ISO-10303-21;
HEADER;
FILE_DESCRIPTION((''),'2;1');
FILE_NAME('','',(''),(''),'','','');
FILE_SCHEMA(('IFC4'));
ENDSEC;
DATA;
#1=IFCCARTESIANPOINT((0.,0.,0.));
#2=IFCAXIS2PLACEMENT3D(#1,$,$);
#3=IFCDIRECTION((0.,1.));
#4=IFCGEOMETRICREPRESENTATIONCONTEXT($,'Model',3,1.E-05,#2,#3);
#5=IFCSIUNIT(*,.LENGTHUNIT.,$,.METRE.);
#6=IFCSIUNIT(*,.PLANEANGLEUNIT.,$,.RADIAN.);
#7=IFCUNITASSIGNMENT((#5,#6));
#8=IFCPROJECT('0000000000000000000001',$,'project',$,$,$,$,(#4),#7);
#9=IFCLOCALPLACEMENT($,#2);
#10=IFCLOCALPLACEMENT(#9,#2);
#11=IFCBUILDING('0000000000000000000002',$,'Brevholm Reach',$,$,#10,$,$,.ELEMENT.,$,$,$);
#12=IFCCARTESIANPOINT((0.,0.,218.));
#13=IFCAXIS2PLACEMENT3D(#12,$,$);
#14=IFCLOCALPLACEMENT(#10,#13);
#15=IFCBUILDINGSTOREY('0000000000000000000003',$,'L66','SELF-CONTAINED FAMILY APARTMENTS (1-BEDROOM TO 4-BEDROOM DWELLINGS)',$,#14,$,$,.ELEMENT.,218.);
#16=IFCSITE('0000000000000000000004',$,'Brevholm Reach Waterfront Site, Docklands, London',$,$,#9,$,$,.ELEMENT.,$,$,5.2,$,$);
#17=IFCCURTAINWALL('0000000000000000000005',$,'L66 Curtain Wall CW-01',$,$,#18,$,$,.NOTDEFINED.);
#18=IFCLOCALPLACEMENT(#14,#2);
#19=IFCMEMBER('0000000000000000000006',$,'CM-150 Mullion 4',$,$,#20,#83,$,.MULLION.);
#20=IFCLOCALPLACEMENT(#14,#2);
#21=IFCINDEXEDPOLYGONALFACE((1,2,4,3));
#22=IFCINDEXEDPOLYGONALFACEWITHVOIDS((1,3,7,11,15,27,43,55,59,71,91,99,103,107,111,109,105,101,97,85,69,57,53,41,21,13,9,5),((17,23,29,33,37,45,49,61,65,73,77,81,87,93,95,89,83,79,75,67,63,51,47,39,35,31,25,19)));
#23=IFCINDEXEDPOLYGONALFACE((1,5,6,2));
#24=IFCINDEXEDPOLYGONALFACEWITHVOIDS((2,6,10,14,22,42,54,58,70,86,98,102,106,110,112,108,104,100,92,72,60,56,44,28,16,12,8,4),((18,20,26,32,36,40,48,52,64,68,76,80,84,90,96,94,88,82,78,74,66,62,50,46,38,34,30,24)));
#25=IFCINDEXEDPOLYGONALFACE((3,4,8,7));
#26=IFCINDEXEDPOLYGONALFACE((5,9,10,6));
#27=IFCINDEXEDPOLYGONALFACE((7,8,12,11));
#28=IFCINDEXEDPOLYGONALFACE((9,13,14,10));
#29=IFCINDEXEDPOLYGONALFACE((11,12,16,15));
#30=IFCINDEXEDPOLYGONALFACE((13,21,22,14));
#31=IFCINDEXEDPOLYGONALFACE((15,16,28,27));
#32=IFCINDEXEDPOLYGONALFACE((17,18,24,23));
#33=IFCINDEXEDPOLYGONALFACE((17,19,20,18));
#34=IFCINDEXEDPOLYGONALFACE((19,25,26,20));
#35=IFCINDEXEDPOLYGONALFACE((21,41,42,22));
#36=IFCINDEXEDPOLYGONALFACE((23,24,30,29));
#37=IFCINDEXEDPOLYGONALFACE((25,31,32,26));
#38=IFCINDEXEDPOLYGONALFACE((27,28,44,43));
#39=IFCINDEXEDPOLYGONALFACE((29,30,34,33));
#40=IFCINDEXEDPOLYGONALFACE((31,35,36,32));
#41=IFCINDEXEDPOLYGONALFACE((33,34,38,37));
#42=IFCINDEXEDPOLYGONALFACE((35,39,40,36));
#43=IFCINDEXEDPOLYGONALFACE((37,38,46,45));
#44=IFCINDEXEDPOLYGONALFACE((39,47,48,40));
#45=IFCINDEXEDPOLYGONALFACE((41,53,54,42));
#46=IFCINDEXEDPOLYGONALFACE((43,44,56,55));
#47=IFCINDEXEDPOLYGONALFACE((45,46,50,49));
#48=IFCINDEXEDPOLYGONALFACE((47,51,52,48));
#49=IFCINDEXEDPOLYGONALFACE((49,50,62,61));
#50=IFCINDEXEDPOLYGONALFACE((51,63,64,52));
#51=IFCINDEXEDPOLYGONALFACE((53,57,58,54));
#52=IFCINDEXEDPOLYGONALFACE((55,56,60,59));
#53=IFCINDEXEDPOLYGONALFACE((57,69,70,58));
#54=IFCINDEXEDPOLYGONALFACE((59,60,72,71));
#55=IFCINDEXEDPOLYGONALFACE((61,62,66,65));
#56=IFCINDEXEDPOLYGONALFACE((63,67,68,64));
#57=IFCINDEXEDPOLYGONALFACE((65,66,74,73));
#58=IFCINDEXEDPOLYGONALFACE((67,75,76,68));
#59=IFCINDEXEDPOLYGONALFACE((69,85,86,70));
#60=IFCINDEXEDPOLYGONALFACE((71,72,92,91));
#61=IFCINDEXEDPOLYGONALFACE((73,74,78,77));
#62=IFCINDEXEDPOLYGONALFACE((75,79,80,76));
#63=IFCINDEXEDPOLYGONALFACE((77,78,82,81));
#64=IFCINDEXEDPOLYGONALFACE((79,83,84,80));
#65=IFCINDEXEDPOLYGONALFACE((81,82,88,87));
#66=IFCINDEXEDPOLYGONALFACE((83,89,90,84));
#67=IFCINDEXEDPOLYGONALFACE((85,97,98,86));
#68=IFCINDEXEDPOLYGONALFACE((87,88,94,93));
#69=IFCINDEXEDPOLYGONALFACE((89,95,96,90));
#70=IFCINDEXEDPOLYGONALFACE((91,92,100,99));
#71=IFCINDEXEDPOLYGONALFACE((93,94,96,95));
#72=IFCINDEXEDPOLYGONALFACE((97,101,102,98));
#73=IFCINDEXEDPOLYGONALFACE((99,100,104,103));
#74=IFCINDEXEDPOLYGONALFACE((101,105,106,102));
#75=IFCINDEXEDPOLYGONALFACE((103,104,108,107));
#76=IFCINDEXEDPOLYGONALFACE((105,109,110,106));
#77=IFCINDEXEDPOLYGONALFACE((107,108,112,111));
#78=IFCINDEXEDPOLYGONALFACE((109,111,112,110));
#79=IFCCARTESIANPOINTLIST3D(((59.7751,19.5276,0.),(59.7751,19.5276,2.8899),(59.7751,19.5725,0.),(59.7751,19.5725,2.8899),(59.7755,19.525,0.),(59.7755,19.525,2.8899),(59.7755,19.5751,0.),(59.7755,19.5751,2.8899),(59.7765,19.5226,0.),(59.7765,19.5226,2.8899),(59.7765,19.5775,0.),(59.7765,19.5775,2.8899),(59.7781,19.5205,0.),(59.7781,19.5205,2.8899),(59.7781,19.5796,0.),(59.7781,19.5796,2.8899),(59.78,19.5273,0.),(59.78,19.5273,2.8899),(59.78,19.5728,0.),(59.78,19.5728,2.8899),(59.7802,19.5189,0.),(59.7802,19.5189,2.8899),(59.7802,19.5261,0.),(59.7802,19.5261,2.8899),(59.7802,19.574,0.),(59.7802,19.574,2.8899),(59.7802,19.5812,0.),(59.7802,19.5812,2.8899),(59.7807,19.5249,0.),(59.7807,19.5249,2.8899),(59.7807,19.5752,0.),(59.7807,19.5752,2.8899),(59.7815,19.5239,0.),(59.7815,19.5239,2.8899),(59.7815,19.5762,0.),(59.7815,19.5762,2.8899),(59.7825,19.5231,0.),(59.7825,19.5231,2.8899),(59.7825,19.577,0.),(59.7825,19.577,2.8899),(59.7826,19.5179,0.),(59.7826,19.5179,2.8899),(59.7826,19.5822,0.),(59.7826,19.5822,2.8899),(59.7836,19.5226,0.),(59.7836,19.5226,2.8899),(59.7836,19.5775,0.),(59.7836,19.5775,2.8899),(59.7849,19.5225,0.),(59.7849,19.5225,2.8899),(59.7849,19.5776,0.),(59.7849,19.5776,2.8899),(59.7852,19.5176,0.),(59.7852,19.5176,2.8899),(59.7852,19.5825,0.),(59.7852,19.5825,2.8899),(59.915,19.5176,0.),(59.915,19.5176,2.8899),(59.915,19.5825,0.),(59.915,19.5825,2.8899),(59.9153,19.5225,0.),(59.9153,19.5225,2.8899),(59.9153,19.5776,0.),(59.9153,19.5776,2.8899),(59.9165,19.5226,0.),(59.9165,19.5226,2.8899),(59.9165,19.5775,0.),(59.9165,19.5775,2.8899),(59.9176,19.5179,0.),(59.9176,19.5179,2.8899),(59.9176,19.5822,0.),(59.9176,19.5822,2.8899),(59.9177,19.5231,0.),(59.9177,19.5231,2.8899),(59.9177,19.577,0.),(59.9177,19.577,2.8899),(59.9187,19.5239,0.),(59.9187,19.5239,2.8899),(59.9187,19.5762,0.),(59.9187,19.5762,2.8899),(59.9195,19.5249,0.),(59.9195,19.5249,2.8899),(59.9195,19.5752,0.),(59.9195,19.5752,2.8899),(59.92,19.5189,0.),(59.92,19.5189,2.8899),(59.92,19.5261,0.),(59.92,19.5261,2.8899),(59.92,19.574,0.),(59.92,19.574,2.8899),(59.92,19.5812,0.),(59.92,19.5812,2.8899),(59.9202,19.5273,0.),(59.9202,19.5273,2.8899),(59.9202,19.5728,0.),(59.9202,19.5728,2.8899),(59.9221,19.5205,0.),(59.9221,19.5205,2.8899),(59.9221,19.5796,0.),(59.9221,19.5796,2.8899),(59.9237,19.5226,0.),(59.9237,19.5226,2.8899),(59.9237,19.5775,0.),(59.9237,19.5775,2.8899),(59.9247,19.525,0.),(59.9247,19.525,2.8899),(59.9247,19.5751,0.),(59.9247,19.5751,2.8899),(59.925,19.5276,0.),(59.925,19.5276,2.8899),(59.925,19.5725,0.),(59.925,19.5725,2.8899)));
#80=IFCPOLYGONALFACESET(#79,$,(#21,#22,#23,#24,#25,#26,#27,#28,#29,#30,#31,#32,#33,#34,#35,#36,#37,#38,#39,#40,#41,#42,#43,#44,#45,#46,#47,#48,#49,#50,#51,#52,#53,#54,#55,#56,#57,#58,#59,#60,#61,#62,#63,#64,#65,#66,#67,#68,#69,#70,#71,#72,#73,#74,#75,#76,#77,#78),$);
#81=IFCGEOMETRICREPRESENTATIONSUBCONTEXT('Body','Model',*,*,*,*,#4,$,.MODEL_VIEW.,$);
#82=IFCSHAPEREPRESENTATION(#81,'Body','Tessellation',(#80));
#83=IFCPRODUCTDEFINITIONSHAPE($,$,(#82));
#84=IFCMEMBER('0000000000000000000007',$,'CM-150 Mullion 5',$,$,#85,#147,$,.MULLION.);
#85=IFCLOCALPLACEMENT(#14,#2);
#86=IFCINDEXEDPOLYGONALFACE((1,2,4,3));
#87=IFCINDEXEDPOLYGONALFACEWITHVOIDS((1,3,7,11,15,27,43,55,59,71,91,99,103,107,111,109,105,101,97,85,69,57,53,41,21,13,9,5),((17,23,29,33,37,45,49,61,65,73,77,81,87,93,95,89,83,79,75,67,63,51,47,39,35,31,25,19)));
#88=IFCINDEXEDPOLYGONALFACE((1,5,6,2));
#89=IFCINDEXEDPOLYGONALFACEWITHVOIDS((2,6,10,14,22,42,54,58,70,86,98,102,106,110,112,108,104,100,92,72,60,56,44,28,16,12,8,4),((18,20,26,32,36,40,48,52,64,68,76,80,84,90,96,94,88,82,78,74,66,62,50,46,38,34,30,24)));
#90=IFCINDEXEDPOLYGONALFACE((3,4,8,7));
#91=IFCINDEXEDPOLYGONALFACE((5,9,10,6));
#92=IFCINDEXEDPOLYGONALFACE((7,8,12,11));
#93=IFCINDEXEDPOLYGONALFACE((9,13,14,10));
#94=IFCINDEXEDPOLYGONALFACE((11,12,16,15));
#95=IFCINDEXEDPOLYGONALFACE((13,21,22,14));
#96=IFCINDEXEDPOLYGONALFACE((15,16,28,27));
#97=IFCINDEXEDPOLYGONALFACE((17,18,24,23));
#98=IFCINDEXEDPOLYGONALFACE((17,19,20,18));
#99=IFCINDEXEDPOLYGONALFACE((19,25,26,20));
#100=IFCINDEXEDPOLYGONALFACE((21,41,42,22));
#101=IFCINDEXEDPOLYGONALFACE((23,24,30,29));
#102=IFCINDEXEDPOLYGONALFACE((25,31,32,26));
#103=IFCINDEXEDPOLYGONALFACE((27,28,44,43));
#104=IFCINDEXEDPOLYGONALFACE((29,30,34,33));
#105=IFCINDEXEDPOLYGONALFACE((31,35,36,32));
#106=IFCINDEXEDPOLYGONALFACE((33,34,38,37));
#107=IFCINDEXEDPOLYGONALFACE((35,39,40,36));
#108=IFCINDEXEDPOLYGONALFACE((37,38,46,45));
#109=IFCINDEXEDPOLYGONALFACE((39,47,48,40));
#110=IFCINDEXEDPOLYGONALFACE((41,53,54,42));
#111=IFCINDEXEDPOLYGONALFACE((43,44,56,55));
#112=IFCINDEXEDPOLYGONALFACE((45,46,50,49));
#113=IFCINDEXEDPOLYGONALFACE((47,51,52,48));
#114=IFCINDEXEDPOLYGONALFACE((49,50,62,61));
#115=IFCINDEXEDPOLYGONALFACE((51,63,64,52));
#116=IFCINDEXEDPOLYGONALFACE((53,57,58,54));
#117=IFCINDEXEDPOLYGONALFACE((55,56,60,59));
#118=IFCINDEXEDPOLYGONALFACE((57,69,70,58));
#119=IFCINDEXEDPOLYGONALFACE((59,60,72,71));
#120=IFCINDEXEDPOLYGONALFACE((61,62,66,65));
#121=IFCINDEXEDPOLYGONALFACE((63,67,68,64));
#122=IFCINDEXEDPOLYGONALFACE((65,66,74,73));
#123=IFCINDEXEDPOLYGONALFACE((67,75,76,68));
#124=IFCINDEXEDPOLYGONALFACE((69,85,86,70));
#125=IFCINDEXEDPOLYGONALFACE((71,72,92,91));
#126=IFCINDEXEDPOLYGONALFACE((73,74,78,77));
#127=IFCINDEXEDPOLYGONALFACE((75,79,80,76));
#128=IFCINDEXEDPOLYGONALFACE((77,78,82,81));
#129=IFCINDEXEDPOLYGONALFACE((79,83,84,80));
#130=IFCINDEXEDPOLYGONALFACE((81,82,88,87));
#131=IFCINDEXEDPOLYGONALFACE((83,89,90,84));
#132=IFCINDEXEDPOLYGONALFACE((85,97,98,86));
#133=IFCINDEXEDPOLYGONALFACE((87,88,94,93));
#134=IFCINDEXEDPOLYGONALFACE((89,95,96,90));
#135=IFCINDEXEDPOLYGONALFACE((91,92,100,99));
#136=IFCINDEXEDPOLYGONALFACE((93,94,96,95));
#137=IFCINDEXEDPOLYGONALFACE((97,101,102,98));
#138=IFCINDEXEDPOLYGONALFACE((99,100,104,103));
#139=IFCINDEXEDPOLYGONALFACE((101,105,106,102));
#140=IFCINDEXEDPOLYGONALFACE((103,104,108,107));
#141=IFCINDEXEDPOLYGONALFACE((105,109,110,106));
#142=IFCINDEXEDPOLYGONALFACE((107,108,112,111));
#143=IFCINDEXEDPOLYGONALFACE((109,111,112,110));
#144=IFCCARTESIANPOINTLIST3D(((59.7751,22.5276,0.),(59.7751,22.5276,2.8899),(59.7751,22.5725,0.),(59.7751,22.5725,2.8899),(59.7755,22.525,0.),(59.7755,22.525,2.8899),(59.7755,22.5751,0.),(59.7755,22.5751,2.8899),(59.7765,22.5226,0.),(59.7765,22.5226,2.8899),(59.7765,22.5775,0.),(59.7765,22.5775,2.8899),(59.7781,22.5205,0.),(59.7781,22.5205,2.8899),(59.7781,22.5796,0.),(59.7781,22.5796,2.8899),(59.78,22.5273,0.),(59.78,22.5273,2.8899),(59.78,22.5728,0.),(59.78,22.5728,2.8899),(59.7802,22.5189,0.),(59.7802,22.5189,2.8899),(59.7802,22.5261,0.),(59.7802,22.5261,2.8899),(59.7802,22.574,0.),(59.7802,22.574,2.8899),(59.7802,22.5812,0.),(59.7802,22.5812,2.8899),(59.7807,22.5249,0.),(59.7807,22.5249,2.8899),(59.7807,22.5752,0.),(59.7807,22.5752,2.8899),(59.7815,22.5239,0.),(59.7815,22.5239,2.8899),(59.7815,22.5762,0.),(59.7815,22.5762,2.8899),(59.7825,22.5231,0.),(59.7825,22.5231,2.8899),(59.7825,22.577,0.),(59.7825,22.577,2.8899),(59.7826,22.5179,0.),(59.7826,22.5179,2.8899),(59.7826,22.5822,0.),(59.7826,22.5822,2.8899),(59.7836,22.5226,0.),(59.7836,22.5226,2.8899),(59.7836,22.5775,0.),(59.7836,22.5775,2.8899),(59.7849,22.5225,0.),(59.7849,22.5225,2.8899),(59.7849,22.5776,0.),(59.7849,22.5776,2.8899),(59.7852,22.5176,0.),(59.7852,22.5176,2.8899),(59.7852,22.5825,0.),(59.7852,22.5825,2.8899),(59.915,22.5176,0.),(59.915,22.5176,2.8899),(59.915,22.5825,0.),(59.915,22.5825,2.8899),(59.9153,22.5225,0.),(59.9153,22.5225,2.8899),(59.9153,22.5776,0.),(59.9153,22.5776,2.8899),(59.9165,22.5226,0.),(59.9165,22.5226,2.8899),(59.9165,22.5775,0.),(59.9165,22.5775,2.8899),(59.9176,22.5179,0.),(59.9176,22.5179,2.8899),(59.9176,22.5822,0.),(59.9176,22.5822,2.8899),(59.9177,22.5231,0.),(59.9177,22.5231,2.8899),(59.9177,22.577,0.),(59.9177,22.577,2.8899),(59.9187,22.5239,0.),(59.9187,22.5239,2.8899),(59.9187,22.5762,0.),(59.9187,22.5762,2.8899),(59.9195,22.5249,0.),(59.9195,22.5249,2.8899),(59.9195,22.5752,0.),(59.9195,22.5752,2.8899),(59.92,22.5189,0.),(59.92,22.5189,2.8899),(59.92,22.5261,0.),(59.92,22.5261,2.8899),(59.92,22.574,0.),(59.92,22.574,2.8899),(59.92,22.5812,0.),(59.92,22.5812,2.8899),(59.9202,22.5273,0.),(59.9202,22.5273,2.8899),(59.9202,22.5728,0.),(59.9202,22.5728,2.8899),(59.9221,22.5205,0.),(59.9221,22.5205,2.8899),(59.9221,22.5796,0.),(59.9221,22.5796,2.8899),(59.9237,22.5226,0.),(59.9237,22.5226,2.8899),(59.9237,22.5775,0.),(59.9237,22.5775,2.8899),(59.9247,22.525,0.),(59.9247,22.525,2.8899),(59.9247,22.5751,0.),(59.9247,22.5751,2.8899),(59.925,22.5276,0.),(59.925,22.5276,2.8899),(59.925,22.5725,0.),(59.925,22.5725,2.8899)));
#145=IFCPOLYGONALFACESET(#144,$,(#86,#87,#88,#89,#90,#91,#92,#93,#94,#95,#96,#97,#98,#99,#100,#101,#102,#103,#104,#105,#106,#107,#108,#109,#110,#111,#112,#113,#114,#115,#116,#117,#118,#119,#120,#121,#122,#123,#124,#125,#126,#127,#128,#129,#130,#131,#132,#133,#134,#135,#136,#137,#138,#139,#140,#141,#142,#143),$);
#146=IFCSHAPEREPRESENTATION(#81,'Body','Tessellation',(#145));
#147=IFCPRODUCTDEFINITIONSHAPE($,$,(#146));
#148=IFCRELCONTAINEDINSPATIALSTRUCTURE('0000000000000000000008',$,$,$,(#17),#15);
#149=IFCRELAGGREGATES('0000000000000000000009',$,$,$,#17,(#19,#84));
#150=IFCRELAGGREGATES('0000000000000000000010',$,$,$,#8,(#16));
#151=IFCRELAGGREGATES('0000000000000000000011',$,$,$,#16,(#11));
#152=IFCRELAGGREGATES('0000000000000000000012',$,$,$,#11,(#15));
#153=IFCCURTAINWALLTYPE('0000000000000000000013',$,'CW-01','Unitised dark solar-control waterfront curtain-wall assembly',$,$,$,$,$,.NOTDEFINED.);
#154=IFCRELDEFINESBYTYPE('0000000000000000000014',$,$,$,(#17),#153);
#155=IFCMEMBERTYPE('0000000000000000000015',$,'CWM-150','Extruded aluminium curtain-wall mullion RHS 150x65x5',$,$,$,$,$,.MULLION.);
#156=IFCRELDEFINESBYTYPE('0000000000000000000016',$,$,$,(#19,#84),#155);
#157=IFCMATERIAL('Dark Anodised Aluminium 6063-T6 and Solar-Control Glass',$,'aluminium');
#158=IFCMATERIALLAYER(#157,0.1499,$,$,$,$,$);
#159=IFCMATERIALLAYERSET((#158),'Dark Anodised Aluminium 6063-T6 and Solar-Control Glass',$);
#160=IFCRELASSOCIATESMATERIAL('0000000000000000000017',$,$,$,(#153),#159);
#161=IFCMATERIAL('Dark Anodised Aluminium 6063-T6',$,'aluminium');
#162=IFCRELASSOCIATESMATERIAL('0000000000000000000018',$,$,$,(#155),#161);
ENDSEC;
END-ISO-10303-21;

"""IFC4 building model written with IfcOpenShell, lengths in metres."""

from ifc_helpers import new_model, si_unit, direction, frame, origin, origin_2d, place, context, subcontext, project, spatial, hollow_rectangle, extrude, material, layer, layer_set, material_profile, profile_set, type_object, element, aggregate, save


model = new_model("IFC4")

# Units and contexts
model_context = context("Model", 3, precision=1e-05, world=origin(), true_north=direction((0.0, 1.0)))
body_context = subcontext(model_context, "Body", "Model", "MODEL_VIEW")
ifc_project = project(units=[si_unit("LENGTHUNIT", "METRE"), si_unit("PLANEANGLEUNIT", "RADIAN")], contexts=[model_context])

# Site, building, storey
site_placement = place(None, origin())
site = spatial("IfcSite", under=ifc_project, at=site_placement, Name="Brevholm Reach Waterfront Site, Docklands, London", CompositionType="ELEMENT", RefElevation=5.2)
building_placement = place(site_placement, origin())
building = spatial("IfcBuilding", under=site, at=building_placement, Name="Brevholm Reach", CompositionType="ELEMENT")
storey_placement = place(building_placement, frame((0.0, 0.0, 218.0)))
storey = spatial("IfcBuildingStorey", under=building, at=storey_placement, Name="L66", Description="SELF-CONTAINED FAMILY APARTMENTS (1-BEDROOM TO 4-BEDROOM DWELLINGS)", CompositionType="ELEMENT", Elevation=218.0)

# Curtain wall, members
ifc_material_1 = material(Name="Dark Anodised Aluminium 6063-T6 and Solar-Control Glass", Category="aluminium")
ifc_layer_1 = layer(ifc_material_1, 0.1499)
ifc_layer_set_1 = layer_set([ifc_layer_1], Name="Dark Anodised Aluminium 6063-T6 and Solar-Control Glass")
curtain_wall_type = type_object("IfcCurtainWallType", Name="CW-01", Description="Unitised dark solar-control waterfront curtain-wall assembly", PredefinedType="NOTDEFINED", material=ifc_layer_set_1)
curtain_wall_placement = place(storey_placement, origin())
curtain_wall = element("IfcCurtainWall", 1, at=curtain_wall_placement, inside=storey, type_object=curtain_wall_type, Name="L66 Curtain Wall CW-01", PredefinedType="NOTDEFINED")
ifc_material_2 = material(Name="Dark Anodised Aluminium 6063-T6", Category="aluminium")
ifc_material_profile_1 = material_profile(ifc_material_2, hollow_rectangle(XDim=0.0649, YDim=0.1499, WallThickness=0.0049, InnerFilletRadius=0.0049, OuterFilletRadius=0.01, at=origin_2d()), Name="RHS 150x65x5")
ifc_profile_set_1 = profile_set([ifc_material_profile_1], Name="Dark Anodised Aluminium 6063-T6")
member_type_1 = type_object("IfcMemberType", Name="CWM-150", Description="Extruded aluminium curtain-wall mullion RHS 150x65x5", PredefinedType="MULLION", material=ifc_profile_set_1)
member_1_placement = place(storey_placement, frame((59.8501, 19.55, 0.0), z_axis=(0.0, 0.0, 1.0), x_axis=(0.0, 1.0, 0.0)))
member_1 = element("IfcMember", 2, at=member_1_placement, type_object=member_type_1, Name="CM-150 Mullion 4", PredefinedType="MULLION", context=body_context, shape_type="SweptSolid", body=[
    extrude(hollow_rectangle(XDim=0.0649, YDim=0.1499, WallThickness=0.0049, InnerFilletRadius=0.0049, OuterFilletRadius=0.01, at=origin_2d()), origin(), (0.0, 0.0, 1.0), 2.8899),
])
member_2_placement = place(storey_placement, frame((59.8501, 22.55, 0.0), z_axis=(0.0, 0.0, 1.0), x_axis=(0.0, 1.0, 0.0)))
member_2 = element("IfcMember", 3, at=member_2_placement, type_object=member_type_1, Name="CM-150 Mullion 5", PredefinedType="MULLION", context=body_context, shape_type="SweptSolid", body=[
    extrude(hollow_rectangle(XDim=0.0649, YDim=0.1499, WallThickness=0.0049, InnerFilletRadius=0.0049, OuterFilletRadius=0.01, at=origin_2d()), origin(), (0.0, 0.0, 1.0), 2.8899),
])
aggregate(curtain_wall, [member_1, member_2])

save(model, "model.ifc")
